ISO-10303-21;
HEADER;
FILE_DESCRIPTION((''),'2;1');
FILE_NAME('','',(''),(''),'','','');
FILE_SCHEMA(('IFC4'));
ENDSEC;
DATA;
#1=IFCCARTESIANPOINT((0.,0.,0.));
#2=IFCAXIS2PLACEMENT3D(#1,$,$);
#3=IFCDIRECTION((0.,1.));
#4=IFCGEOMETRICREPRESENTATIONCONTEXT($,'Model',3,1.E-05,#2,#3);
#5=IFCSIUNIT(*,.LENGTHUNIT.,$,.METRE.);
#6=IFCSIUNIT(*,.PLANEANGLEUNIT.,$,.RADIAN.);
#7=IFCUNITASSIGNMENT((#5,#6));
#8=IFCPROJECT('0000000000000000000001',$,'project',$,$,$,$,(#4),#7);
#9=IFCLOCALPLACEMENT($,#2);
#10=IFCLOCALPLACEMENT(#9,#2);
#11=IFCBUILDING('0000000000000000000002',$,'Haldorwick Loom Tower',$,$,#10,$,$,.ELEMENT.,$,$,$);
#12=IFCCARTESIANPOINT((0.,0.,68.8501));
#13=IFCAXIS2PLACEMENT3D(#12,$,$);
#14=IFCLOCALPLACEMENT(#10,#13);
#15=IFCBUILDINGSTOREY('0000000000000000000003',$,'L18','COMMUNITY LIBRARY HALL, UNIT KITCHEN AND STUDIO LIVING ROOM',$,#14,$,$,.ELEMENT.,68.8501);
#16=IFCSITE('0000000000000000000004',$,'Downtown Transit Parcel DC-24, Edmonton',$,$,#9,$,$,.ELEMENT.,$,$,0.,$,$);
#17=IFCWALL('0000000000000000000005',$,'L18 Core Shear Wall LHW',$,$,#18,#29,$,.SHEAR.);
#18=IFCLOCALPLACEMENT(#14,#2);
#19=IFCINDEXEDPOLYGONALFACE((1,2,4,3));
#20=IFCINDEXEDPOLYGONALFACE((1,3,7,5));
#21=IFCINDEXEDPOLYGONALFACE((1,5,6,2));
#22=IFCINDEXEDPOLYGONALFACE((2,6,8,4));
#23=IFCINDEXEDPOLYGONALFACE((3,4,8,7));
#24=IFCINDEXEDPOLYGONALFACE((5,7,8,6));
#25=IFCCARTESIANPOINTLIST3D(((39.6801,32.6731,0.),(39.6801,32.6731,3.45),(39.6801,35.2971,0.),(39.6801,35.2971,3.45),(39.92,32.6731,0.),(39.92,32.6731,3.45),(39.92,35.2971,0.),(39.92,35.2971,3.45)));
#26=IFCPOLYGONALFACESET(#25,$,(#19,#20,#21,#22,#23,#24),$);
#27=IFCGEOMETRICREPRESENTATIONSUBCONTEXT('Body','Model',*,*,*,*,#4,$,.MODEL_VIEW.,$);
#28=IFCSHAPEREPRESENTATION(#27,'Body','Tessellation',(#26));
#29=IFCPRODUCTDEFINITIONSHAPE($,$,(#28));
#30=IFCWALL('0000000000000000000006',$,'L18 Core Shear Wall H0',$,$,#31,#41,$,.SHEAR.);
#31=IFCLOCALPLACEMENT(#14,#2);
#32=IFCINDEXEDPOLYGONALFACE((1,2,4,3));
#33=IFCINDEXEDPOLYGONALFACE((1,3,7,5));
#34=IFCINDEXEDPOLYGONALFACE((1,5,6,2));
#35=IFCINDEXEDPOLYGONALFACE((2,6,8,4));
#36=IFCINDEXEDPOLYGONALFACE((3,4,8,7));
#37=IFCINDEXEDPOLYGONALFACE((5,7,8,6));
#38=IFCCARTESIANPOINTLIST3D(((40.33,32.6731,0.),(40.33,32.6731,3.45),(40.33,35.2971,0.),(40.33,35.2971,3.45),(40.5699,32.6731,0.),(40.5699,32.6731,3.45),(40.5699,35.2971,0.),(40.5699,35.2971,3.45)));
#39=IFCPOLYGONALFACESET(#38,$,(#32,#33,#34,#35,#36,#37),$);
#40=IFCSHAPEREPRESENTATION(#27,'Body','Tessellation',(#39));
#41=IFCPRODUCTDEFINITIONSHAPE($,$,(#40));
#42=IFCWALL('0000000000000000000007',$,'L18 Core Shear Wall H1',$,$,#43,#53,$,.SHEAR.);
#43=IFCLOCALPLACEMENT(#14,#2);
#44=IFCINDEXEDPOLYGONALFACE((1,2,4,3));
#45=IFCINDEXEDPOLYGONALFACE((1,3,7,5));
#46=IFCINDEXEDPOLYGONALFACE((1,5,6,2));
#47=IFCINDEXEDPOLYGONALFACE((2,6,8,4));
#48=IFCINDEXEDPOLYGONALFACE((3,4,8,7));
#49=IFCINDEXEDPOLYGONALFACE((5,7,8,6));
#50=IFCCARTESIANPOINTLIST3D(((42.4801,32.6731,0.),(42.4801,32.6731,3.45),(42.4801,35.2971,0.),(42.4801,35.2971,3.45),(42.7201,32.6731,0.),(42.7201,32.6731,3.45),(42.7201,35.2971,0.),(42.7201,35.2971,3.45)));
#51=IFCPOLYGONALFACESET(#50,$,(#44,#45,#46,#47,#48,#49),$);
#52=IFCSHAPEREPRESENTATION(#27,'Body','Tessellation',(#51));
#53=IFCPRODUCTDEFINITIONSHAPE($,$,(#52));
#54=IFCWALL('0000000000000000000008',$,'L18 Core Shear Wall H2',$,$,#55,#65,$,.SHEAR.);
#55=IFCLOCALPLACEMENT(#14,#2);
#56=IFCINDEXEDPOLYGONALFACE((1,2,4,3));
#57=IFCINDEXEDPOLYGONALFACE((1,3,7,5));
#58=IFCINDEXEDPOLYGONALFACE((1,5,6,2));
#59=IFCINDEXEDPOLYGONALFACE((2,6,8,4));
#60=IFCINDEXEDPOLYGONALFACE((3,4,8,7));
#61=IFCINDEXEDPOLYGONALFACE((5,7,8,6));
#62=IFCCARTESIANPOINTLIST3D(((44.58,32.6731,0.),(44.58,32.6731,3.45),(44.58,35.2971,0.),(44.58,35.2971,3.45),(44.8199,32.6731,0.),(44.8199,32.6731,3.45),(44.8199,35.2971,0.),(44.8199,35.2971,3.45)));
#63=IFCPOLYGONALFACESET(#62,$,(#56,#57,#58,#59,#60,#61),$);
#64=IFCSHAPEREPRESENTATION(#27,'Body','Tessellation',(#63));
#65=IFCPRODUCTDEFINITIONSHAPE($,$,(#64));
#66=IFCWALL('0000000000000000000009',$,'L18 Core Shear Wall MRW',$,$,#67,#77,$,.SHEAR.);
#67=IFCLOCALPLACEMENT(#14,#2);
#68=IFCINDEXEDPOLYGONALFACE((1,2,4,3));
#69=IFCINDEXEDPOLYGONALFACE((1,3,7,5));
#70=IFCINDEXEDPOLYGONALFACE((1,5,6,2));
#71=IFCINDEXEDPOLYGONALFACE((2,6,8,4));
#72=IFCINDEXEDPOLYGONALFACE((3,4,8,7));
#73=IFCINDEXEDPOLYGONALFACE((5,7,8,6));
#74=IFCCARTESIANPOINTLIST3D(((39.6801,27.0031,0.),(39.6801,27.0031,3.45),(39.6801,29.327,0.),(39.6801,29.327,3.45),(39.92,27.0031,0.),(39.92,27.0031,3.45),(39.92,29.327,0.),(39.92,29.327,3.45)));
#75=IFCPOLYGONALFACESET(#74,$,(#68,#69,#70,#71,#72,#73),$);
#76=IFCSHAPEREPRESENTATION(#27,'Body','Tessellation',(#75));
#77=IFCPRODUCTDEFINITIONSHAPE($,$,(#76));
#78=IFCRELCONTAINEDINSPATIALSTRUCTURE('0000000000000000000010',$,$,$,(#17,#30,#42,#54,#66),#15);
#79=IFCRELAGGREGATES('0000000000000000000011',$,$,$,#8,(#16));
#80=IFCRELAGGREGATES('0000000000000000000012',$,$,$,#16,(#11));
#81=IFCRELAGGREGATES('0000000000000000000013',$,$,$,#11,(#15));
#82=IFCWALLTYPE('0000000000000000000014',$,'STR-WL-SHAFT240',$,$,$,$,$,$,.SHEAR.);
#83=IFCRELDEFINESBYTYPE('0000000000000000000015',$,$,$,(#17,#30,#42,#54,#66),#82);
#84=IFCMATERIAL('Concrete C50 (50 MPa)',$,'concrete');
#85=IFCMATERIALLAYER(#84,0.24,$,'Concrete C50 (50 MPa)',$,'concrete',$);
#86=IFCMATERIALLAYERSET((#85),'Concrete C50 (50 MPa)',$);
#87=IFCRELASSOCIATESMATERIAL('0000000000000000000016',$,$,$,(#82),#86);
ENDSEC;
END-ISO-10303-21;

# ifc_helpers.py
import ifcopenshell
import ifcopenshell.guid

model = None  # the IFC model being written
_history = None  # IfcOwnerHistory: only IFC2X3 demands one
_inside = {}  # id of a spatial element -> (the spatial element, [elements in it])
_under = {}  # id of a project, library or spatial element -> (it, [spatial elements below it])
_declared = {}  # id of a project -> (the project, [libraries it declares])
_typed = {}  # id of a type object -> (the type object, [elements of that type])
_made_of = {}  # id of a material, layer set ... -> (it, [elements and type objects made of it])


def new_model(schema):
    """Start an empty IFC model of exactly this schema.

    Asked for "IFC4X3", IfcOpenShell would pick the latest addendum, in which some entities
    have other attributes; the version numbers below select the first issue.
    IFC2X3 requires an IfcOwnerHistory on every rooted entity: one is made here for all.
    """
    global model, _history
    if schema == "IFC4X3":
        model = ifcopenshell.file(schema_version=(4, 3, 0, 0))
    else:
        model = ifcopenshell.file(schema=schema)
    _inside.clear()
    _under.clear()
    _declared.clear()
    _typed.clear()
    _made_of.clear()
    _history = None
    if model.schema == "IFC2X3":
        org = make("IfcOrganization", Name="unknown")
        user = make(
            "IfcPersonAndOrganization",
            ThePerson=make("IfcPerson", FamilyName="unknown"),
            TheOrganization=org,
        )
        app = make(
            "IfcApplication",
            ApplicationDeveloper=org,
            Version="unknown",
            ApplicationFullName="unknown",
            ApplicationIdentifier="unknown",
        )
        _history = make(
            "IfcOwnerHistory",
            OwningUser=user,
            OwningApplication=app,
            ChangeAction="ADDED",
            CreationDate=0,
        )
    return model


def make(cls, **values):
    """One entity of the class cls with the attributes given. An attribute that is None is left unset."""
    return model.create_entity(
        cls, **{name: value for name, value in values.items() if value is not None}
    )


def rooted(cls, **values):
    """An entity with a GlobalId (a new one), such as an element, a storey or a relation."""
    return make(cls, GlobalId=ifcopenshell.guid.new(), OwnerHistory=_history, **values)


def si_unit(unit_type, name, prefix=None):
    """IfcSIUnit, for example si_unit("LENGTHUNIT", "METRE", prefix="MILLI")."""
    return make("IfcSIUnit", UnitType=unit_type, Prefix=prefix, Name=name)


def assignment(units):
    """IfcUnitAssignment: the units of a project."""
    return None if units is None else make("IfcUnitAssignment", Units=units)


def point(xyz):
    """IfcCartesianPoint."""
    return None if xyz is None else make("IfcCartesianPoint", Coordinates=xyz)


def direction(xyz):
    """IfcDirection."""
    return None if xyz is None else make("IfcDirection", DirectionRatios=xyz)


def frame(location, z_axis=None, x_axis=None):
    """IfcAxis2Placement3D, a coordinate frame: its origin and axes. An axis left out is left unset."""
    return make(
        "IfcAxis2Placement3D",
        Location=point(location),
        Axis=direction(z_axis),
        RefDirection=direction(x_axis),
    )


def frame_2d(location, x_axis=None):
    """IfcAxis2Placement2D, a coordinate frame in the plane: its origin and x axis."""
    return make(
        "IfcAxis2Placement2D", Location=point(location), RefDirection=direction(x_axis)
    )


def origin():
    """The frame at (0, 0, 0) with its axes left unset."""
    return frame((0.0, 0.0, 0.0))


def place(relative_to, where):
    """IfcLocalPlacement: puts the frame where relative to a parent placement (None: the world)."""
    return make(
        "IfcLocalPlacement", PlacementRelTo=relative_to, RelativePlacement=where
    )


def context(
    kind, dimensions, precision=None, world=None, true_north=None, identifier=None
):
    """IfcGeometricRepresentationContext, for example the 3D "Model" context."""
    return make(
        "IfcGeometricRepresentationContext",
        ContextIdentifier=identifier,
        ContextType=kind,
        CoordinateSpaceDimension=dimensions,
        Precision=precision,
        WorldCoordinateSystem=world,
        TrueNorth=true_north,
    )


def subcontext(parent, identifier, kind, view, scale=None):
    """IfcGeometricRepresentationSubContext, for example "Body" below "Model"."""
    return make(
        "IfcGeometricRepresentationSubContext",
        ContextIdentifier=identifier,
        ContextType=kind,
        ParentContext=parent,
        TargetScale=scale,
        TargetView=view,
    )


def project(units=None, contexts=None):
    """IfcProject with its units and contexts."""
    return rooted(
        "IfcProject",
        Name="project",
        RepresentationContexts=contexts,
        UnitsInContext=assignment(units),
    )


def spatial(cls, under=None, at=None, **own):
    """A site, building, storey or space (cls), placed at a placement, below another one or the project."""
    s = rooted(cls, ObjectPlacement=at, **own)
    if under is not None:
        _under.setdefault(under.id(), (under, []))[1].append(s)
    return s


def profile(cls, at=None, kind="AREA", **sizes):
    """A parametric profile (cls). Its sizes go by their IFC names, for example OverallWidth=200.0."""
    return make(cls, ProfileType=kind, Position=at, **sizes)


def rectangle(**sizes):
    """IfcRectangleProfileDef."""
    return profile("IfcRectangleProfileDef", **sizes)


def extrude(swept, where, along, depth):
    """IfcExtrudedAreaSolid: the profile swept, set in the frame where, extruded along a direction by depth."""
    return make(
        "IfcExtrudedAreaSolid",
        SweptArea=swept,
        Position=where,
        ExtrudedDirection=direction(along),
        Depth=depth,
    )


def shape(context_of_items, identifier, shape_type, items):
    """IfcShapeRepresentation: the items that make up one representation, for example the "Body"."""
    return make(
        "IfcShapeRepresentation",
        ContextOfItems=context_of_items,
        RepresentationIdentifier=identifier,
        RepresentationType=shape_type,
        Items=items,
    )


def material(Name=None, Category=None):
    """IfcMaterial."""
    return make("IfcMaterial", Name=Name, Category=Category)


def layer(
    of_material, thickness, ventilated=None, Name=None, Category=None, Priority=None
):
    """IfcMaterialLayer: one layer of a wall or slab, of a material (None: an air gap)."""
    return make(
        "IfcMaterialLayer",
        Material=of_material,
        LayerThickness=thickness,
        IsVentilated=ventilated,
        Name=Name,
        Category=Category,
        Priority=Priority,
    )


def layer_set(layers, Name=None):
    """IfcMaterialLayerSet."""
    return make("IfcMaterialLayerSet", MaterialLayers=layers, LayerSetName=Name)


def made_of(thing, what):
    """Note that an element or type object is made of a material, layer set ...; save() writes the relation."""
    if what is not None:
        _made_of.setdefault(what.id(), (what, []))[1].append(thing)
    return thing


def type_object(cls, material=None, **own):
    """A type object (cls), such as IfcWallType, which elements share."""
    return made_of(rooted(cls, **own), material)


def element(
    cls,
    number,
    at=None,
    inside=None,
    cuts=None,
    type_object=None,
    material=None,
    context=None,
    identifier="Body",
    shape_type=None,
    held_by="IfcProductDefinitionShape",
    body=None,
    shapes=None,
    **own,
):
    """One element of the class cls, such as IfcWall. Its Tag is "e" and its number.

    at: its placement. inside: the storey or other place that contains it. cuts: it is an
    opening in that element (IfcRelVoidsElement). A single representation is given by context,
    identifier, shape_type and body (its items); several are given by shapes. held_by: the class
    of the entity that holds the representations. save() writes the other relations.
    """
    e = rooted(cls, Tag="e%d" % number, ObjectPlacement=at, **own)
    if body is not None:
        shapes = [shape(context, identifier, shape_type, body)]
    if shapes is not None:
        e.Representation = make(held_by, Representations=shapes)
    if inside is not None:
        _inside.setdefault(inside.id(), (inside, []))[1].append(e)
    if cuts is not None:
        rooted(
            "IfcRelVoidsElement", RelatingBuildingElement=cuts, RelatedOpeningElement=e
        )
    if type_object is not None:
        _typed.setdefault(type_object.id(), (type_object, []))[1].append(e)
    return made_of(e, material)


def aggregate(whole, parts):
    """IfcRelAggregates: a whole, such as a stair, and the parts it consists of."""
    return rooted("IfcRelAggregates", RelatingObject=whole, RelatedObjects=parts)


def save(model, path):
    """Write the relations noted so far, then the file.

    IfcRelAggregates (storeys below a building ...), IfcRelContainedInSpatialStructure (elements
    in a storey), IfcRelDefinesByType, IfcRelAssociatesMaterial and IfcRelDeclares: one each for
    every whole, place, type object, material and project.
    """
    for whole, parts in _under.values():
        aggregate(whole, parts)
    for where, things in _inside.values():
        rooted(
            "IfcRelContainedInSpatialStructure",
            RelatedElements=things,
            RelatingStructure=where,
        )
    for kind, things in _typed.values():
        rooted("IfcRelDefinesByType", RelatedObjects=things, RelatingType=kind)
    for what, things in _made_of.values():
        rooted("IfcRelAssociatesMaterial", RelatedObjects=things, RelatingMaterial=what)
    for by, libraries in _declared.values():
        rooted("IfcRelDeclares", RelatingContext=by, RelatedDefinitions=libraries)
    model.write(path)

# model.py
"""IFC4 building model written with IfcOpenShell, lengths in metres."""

from ifc_helpers import new_model, si_unit, direction, frame, frame_2d, origin, place, context, subcontext, project, spatial, rectangle, extrude, material, layer, layer_set, type_object, element, save


model = new_model("IFC4")

# Units and contexts
model_context = context("Model", 3, precision=1e-05, world=origin(), true_north=direction((0.0, 1.0)))
body_context = subcontext(model_context, "Body", "Model", "MODEL_VIEW")
ifc_project = project(units=[si_unit("LENGTHUNIT", "METRE"), si_unit("PLANEANGLEUNIT", "RADIAN")], contexts=[model_context])

# Site, building, storey
site_placement = place(None, origin())
site = spatial("IfcSite", under=ifc_project, at=site_placement, Name="Downtown Transit Parcel DC-24, Edmonton", CompositionType="ELEMENT", RefElevation=0.0)
building_placement = place(site_placement, origin())
building = spatial("IfcBuilding", under=site, at=building_placement, Name="Haldorwick Loom Tower", CompositionType="ELEMENT")
storey_placement = place(building_placement, frame((0.0, 0.0, 68.8501)))
storey = spatial("IfcBuildingStorey", under=building, at=storey_placement, Name="L18", Description="COMMUNITY LIBRARY HALL, UNIT KITCHEN AND STUDIO LIVING ROOM", CompositionType="ELEMENT", Elevation=68.8501)

# Shared definitions
ifc_material_1 = material(Name="Concrete C50 (50 MPa)", Category="concrete")
ifc_layer_1 = layer(ifc_material_1, 0.24, Name="Concrete C50 (50 MPa)", Category="concrete")
ifc_layer_set_1 = layer_set([ifc_layer_1], Name="Concrete C50 (50 MPa)")
wall_type_1 = type_object("IfcWallType", Name="STR-WL-SHAFT240", PredefinedType="SHEAR", material=ifc_layer_set_1)

# Walls
for number, where, z_axis, x_axis, name in (
    (1, (39.8, 32.6731, 0.0), (0.0, 0.0, 1.0), (0.0, 1.0, 0.0), "L18 Core Shear Wall LHW"),
    (2, (40.45, 32.6731, 0.0), (0.0, 0.0, 1.0), (0.0, 1.0, 0.0), "L18 Core Shear Wall H0"),
    (3, (42.6001, 32.6731, 0.0), (0.0, 0.0, 1.0), (0.0, 1.0, 0.0), "L18 Core Shear Wall H1"),
    (4, (44.7, 32.6731, 0.0), (0.0, 0.0, 1.0), (0.0, 1.0, 0.0), "L18 Core Shear Wall H2"),
):
    element("IfcWall", number, at=place(storey_placement, frame(where, z_axis=z_axis, x_axis=x_axis)), inside=storey, type_object=wall_type_1, Name=name, PredefinedType="SHEAR", context=body_context, shape_type="SweptSolid", body=[
        extrude(rectangle(XDim=2.624, YDim=0.24, at=frame_2d((1.312, 0.0))), origin(), (0.0, 0.0, 1.0), 3.45),
    ])
wall_1_placement = place(storey_placement, frame((39.8, 27.0029, 0.0), z_axis=(0.0, 0.0, 1.0), x_axis=(0.0, 1.0, 0.0)))
element("IfcWall", 5, at=wall_1_placement, inside=storey, type_object=wall_type_1, Name="L18 Core Shear Wall MRW", PredefinedType="SHEAR", context=body_context, shape_type="SweptSolid", body=[
    extrude(rectangle(XDim=2.324, YDim=0.24, at=frame_2d((1.1621, 0.0))), origin(), (0.0, 0.0, 1.0), 3.45),
])

save(model, "model.ifc")
